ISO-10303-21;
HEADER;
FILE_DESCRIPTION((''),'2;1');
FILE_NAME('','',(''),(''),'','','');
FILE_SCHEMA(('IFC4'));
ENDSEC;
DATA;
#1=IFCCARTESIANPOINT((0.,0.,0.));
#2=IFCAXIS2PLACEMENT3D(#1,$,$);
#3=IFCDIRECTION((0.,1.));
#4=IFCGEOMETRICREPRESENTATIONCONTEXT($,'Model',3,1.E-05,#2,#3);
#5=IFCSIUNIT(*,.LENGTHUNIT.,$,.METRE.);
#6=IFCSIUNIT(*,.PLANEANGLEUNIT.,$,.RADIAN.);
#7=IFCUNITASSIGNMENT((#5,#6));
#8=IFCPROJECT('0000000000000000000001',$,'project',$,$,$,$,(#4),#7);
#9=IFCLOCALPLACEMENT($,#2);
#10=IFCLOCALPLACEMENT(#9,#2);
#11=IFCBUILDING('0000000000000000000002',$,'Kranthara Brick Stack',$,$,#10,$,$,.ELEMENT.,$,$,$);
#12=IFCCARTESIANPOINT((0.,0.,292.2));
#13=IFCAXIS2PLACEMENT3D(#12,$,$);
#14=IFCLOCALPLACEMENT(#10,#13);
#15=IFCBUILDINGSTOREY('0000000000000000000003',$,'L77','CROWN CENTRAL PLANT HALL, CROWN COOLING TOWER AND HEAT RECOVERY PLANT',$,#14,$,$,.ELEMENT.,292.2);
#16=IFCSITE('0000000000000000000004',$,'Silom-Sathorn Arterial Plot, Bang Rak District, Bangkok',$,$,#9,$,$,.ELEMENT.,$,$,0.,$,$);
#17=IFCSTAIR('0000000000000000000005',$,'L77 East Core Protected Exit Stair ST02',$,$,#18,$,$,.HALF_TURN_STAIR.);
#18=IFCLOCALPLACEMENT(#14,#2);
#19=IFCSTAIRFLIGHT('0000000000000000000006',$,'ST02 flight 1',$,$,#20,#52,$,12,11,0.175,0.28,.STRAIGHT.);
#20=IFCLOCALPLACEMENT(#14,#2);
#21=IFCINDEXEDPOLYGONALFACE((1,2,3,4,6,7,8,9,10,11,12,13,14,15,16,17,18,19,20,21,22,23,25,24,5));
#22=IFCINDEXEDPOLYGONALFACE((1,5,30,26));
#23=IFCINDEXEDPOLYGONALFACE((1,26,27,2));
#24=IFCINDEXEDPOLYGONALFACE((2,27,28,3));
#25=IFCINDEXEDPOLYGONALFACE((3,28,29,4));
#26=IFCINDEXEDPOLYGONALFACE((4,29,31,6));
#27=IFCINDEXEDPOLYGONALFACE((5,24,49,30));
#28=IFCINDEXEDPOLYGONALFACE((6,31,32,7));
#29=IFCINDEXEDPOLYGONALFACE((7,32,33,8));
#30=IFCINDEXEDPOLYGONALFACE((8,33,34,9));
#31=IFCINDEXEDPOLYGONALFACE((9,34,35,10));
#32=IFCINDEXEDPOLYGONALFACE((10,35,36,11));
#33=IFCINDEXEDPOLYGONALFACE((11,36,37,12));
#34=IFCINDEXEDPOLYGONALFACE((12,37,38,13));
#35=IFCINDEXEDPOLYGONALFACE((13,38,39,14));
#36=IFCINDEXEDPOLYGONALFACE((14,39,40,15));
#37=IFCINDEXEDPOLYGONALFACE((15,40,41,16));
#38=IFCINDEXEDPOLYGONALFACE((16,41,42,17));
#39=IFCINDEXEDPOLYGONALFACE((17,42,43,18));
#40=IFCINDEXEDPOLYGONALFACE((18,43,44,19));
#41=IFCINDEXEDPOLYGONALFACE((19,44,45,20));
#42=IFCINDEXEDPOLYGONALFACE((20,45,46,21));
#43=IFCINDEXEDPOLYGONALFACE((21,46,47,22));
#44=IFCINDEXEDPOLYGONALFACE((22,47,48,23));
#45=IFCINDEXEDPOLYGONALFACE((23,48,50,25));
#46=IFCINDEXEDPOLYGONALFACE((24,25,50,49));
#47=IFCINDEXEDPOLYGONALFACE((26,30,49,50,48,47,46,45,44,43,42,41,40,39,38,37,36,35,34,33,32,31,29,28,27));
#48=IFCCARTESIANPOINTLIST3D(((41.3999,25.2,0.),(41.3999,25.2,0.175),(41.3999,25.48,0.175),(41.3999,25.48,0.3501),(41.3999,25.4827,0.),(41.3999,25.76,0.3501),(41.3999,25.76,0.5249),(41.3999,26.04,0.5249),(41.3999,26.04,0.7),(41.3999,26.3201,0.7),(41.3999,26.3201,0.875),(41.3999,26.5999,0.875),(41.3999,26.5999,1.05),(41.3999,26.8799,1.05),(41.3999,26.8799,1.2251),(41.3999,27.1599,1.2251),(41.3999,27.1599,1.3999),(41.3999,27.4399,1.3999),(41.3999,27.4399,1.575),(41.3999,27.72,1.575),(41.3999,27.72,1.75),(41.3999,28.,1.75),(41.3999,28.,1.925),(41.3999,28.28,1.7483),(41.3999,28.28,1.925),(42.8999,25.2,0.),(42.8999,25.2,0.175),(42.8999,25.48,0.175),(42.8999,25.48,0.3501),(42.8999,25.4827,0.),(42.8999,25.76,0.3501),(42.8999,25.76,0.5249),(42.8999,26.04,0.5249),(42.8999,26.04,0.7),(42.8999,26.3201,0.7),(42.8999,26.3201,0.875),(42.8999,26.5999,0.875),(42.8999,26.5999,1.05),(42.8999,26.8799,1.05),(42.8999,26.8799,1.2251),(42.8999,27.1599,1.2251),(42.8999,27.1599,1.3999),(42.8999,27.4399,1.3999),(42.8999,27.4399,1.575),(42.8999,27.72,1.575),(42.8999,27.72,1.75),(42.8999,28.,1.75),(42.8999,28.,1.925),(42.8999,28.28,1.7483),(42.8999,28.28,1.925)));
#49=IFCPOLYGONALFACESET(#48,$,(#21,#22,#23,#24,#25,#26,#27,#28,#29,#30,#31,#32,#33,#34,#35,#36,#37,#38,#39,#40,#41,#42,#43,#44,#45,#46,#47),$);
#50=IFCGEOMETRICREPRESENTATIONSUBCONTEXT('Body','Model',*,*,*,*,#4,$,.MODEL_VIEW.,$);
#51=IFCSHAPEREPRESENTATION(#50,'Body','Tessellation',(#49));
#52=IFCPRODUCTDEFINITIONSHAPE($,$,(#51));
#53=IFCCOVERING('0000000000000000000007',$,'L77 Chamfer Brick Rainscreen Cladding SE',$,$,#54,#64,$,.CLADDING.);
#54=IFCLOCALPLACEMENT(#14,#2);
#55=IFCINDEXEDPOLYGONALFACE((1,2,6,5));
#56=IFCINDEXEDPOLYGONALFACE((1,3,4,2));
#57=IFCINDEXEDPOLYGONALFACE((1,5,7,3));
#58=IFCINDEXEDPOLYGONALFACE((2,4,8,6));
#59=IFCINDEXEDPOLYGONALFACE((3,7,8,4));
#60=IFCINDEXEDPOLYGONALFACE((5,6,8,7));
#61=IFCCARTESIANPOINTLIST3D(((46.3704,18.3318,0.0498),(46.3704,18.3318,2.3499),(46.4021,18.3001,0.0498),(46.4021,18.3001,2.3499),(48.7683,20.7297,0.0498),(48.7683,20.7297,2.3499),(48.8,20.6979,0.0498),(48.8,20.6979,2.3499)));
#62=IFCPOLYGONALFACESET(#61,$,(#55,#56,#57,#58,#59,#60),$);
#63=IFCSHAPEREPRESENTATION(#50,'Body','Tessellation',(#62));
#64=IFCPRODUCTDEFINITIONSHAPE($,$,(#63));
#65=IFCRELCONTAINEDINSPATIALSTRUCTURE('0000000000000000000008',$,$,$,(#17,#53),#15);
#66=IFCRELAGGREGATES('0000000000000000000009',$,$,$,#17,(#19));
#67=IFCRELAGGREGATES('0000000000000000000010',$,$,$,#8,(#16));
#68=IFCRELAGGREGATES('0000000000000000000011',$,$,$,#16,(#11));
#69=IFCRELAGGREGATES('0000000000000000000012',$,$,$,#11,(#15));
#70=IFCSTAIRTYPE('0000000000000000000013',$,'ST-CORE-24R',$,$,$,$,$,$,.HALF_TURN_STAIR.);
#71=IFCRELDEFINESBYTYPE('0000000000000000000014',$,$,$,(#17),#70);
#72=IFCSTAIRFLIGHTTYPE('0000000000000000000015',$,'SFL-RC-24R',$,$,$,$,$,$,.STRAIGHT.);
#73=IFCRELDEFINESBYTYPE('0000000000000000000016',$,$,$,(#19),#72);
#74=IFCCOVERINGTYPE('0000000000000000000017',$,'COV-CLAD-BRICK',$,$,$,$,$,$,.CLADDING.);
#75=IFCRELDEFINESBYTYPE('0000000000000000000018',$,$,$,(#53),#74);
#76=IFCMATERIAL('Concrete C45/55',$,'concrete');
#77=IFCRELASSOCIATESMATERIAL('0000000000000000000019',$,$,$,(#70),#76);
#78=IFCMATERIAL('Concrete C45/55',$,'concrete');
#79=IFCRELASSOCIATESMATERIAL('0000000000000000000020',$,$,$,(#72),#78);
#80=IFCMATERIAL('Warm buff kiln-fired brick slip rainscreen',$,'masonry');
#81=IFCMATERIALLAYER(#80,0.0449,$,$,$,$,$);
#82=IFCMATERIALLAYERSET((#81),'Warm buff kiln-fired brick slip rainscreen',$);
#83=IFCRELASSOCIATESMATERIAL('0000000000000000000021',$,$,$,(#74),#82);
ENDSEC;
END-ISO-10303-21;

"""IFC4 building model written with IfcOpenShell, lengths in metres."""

from ifc_helpers import new_model, si_unit, direction, frame, origin, origin_2d, place, context, subcontext, project, spatial, polyline, rectangle, outline, extrude, material, layer, layer_set, type_object, element, aggregate, save


model = new_model("IFC4")

# Units and contexts
model_context = context("Model", 3, precision=1e-05, world=origin(), true_north=direction((0.0, 1.0)))
body_context = subcontext(model_context, "Body", "Model", "MODEL_VIEW")
ifc_project = project(units=[si_unit("LENGTHUNIT", "METRE"), si_unit("PLANEANGLEUNIT", "RADIAN")], contexts=[model_context])

# Site, building, storey
site_placement = place(None, origin())
site = spatial("IfcSite", under=ifc_project, at=site_placement, Name="Silom-Sathorn Arterial Plot, Bang Rak District, Bangkok", CompositionType="ELEMENT", RefElevation=0.0)
building_placement = place(site_placement, origin())
building = spatial("IfcBuilding", under=site, at=building_placement, Name="Kranthara Brick Stack", CompositionType="ELEMENT")
storey_placement = place(building_placement, frame((0.0, 0.0, 292.2)))
storey = spatial("IfcBuildingStorey", under=building, at=storey_placement, Name="L77", Description="CROWN CENTRAL PLANT HALL, CROWN COOLING TOWER AND HEAT RECOVERY PLANT", CompositionType="ELEMENT", Elevation=292.2)

# Stair, stair flight
ifc_material_1 = material(Name="Concrete C45/55", Category="concrete")
stair_type = type_object("IfcStairType", Name="ST-CORE-24R", PredefinedType="HALF_TURN_STAIR", material=ifc_material_1)
stair_placement = place(storey_placement, origin())
stair = element("IfcStair", 1, at=stair_placement, inside=storey, type_object=stair_type, Name="L77 East Core Protected Exit Stair ST02", PredefinedType="HALF_TURN_STAIR")
ifc_material_2 = material(Name="Concrete C45/55", Category="concrete")
stair_flight_type = type_object("IfcStairFlightType", Name="SFL-RC-24R", PredefinedType="STRAIGHT", material=ifc_material_2)
stair_flight_placement = place(storey_placement, frame((42.1499, 25.2, 0.0), z_axis=(0.0, 0.0, 1.0), x_axis=(0.0, 1.0, 0.0)))
stair_flight = element("IfcStairFlight", 2, at=stair_flight_placement, type_object=stair_flight_type, Name="ST02 flight 1", NumberOfRisers=12, NumberOfTreads=11, PredefinedType="STRAIGHT", RiserHeight=0.175, TreadLength=0.28, context=body_context, shape_type="SweptSolid", body=[
    extrude(outline(polyline([(0.0, 0.0), (0.0, 0.175), (0.28, 0.175), (0.28, 0.3501), (0.5601, 0.3501), (0.5601, 0.5249), (0.8401, 0.5249), (0.8401, 0.7), (1.1201, 0.7), (1.1201, 0.875), (1.3999, 0.875), (1.3999, 1.05), (1.6799, 1.05), (1.6799, 1.2251), (1.96, 1.2251), (1.96, 1.3999), (2.24, 1.3999), (2.24, 1.575), (2.52, 1.575), (2.52, 1.75), (2.8, 1.75), (2.8, 1.925), (3.0801, 1.925), (3.0801, 2.1001), (3.0801, 1.7483), (0.2827, 0.0), (0.0, 0.0)])), frame((0.0, 0.75, 0.0), z_axis=(0.0, -1.0, 0.0), x_axis=(1.0, 0.0, 0.0)), (0.0, 0.0, 1.0), 1.5),
])
aggregate(stair, [stair_flight])

# Covering
ifc_material_3 = material(Name="Warm buff kiln-fired brick slip rainscreen", Category="masonry")
ifc_layer_1 = layer(ifc_material_3, 0.0449)
ifc_layer_set_1 = layer_set([ifc_layer_1], Name="Warm buff kiln-fired brick slip rainscreen")
covering_type = type_object("IfcCoveringType", Name="COV-CLAD-BRICK", PredefinedType="CLADDING", material=ifc_layer_set_1)
covering_placement = place(storey_placement, frame((47.5852, 19.5149, 0.0498), z_axis=(0.0, 0.0, 1.0), x_axis=(-0.707107, -0.707107, 0.0)))
element("IfcCovering", 3, at=covering_placement, inside=storey, type_object=covering_type, Name="L77 Chamfer Brick Rainscreen Cladding SE", PredefinedType="CLADDING", context=body_context, shape_type="SweptSolid", body=[
    extrude(rectangle(XDim=3.3911, YDim=0.0449, at=origin_2d()), origin(), (0.0, 0.0, 1.0), 2.3),
])

save(model, "model.ifc")
